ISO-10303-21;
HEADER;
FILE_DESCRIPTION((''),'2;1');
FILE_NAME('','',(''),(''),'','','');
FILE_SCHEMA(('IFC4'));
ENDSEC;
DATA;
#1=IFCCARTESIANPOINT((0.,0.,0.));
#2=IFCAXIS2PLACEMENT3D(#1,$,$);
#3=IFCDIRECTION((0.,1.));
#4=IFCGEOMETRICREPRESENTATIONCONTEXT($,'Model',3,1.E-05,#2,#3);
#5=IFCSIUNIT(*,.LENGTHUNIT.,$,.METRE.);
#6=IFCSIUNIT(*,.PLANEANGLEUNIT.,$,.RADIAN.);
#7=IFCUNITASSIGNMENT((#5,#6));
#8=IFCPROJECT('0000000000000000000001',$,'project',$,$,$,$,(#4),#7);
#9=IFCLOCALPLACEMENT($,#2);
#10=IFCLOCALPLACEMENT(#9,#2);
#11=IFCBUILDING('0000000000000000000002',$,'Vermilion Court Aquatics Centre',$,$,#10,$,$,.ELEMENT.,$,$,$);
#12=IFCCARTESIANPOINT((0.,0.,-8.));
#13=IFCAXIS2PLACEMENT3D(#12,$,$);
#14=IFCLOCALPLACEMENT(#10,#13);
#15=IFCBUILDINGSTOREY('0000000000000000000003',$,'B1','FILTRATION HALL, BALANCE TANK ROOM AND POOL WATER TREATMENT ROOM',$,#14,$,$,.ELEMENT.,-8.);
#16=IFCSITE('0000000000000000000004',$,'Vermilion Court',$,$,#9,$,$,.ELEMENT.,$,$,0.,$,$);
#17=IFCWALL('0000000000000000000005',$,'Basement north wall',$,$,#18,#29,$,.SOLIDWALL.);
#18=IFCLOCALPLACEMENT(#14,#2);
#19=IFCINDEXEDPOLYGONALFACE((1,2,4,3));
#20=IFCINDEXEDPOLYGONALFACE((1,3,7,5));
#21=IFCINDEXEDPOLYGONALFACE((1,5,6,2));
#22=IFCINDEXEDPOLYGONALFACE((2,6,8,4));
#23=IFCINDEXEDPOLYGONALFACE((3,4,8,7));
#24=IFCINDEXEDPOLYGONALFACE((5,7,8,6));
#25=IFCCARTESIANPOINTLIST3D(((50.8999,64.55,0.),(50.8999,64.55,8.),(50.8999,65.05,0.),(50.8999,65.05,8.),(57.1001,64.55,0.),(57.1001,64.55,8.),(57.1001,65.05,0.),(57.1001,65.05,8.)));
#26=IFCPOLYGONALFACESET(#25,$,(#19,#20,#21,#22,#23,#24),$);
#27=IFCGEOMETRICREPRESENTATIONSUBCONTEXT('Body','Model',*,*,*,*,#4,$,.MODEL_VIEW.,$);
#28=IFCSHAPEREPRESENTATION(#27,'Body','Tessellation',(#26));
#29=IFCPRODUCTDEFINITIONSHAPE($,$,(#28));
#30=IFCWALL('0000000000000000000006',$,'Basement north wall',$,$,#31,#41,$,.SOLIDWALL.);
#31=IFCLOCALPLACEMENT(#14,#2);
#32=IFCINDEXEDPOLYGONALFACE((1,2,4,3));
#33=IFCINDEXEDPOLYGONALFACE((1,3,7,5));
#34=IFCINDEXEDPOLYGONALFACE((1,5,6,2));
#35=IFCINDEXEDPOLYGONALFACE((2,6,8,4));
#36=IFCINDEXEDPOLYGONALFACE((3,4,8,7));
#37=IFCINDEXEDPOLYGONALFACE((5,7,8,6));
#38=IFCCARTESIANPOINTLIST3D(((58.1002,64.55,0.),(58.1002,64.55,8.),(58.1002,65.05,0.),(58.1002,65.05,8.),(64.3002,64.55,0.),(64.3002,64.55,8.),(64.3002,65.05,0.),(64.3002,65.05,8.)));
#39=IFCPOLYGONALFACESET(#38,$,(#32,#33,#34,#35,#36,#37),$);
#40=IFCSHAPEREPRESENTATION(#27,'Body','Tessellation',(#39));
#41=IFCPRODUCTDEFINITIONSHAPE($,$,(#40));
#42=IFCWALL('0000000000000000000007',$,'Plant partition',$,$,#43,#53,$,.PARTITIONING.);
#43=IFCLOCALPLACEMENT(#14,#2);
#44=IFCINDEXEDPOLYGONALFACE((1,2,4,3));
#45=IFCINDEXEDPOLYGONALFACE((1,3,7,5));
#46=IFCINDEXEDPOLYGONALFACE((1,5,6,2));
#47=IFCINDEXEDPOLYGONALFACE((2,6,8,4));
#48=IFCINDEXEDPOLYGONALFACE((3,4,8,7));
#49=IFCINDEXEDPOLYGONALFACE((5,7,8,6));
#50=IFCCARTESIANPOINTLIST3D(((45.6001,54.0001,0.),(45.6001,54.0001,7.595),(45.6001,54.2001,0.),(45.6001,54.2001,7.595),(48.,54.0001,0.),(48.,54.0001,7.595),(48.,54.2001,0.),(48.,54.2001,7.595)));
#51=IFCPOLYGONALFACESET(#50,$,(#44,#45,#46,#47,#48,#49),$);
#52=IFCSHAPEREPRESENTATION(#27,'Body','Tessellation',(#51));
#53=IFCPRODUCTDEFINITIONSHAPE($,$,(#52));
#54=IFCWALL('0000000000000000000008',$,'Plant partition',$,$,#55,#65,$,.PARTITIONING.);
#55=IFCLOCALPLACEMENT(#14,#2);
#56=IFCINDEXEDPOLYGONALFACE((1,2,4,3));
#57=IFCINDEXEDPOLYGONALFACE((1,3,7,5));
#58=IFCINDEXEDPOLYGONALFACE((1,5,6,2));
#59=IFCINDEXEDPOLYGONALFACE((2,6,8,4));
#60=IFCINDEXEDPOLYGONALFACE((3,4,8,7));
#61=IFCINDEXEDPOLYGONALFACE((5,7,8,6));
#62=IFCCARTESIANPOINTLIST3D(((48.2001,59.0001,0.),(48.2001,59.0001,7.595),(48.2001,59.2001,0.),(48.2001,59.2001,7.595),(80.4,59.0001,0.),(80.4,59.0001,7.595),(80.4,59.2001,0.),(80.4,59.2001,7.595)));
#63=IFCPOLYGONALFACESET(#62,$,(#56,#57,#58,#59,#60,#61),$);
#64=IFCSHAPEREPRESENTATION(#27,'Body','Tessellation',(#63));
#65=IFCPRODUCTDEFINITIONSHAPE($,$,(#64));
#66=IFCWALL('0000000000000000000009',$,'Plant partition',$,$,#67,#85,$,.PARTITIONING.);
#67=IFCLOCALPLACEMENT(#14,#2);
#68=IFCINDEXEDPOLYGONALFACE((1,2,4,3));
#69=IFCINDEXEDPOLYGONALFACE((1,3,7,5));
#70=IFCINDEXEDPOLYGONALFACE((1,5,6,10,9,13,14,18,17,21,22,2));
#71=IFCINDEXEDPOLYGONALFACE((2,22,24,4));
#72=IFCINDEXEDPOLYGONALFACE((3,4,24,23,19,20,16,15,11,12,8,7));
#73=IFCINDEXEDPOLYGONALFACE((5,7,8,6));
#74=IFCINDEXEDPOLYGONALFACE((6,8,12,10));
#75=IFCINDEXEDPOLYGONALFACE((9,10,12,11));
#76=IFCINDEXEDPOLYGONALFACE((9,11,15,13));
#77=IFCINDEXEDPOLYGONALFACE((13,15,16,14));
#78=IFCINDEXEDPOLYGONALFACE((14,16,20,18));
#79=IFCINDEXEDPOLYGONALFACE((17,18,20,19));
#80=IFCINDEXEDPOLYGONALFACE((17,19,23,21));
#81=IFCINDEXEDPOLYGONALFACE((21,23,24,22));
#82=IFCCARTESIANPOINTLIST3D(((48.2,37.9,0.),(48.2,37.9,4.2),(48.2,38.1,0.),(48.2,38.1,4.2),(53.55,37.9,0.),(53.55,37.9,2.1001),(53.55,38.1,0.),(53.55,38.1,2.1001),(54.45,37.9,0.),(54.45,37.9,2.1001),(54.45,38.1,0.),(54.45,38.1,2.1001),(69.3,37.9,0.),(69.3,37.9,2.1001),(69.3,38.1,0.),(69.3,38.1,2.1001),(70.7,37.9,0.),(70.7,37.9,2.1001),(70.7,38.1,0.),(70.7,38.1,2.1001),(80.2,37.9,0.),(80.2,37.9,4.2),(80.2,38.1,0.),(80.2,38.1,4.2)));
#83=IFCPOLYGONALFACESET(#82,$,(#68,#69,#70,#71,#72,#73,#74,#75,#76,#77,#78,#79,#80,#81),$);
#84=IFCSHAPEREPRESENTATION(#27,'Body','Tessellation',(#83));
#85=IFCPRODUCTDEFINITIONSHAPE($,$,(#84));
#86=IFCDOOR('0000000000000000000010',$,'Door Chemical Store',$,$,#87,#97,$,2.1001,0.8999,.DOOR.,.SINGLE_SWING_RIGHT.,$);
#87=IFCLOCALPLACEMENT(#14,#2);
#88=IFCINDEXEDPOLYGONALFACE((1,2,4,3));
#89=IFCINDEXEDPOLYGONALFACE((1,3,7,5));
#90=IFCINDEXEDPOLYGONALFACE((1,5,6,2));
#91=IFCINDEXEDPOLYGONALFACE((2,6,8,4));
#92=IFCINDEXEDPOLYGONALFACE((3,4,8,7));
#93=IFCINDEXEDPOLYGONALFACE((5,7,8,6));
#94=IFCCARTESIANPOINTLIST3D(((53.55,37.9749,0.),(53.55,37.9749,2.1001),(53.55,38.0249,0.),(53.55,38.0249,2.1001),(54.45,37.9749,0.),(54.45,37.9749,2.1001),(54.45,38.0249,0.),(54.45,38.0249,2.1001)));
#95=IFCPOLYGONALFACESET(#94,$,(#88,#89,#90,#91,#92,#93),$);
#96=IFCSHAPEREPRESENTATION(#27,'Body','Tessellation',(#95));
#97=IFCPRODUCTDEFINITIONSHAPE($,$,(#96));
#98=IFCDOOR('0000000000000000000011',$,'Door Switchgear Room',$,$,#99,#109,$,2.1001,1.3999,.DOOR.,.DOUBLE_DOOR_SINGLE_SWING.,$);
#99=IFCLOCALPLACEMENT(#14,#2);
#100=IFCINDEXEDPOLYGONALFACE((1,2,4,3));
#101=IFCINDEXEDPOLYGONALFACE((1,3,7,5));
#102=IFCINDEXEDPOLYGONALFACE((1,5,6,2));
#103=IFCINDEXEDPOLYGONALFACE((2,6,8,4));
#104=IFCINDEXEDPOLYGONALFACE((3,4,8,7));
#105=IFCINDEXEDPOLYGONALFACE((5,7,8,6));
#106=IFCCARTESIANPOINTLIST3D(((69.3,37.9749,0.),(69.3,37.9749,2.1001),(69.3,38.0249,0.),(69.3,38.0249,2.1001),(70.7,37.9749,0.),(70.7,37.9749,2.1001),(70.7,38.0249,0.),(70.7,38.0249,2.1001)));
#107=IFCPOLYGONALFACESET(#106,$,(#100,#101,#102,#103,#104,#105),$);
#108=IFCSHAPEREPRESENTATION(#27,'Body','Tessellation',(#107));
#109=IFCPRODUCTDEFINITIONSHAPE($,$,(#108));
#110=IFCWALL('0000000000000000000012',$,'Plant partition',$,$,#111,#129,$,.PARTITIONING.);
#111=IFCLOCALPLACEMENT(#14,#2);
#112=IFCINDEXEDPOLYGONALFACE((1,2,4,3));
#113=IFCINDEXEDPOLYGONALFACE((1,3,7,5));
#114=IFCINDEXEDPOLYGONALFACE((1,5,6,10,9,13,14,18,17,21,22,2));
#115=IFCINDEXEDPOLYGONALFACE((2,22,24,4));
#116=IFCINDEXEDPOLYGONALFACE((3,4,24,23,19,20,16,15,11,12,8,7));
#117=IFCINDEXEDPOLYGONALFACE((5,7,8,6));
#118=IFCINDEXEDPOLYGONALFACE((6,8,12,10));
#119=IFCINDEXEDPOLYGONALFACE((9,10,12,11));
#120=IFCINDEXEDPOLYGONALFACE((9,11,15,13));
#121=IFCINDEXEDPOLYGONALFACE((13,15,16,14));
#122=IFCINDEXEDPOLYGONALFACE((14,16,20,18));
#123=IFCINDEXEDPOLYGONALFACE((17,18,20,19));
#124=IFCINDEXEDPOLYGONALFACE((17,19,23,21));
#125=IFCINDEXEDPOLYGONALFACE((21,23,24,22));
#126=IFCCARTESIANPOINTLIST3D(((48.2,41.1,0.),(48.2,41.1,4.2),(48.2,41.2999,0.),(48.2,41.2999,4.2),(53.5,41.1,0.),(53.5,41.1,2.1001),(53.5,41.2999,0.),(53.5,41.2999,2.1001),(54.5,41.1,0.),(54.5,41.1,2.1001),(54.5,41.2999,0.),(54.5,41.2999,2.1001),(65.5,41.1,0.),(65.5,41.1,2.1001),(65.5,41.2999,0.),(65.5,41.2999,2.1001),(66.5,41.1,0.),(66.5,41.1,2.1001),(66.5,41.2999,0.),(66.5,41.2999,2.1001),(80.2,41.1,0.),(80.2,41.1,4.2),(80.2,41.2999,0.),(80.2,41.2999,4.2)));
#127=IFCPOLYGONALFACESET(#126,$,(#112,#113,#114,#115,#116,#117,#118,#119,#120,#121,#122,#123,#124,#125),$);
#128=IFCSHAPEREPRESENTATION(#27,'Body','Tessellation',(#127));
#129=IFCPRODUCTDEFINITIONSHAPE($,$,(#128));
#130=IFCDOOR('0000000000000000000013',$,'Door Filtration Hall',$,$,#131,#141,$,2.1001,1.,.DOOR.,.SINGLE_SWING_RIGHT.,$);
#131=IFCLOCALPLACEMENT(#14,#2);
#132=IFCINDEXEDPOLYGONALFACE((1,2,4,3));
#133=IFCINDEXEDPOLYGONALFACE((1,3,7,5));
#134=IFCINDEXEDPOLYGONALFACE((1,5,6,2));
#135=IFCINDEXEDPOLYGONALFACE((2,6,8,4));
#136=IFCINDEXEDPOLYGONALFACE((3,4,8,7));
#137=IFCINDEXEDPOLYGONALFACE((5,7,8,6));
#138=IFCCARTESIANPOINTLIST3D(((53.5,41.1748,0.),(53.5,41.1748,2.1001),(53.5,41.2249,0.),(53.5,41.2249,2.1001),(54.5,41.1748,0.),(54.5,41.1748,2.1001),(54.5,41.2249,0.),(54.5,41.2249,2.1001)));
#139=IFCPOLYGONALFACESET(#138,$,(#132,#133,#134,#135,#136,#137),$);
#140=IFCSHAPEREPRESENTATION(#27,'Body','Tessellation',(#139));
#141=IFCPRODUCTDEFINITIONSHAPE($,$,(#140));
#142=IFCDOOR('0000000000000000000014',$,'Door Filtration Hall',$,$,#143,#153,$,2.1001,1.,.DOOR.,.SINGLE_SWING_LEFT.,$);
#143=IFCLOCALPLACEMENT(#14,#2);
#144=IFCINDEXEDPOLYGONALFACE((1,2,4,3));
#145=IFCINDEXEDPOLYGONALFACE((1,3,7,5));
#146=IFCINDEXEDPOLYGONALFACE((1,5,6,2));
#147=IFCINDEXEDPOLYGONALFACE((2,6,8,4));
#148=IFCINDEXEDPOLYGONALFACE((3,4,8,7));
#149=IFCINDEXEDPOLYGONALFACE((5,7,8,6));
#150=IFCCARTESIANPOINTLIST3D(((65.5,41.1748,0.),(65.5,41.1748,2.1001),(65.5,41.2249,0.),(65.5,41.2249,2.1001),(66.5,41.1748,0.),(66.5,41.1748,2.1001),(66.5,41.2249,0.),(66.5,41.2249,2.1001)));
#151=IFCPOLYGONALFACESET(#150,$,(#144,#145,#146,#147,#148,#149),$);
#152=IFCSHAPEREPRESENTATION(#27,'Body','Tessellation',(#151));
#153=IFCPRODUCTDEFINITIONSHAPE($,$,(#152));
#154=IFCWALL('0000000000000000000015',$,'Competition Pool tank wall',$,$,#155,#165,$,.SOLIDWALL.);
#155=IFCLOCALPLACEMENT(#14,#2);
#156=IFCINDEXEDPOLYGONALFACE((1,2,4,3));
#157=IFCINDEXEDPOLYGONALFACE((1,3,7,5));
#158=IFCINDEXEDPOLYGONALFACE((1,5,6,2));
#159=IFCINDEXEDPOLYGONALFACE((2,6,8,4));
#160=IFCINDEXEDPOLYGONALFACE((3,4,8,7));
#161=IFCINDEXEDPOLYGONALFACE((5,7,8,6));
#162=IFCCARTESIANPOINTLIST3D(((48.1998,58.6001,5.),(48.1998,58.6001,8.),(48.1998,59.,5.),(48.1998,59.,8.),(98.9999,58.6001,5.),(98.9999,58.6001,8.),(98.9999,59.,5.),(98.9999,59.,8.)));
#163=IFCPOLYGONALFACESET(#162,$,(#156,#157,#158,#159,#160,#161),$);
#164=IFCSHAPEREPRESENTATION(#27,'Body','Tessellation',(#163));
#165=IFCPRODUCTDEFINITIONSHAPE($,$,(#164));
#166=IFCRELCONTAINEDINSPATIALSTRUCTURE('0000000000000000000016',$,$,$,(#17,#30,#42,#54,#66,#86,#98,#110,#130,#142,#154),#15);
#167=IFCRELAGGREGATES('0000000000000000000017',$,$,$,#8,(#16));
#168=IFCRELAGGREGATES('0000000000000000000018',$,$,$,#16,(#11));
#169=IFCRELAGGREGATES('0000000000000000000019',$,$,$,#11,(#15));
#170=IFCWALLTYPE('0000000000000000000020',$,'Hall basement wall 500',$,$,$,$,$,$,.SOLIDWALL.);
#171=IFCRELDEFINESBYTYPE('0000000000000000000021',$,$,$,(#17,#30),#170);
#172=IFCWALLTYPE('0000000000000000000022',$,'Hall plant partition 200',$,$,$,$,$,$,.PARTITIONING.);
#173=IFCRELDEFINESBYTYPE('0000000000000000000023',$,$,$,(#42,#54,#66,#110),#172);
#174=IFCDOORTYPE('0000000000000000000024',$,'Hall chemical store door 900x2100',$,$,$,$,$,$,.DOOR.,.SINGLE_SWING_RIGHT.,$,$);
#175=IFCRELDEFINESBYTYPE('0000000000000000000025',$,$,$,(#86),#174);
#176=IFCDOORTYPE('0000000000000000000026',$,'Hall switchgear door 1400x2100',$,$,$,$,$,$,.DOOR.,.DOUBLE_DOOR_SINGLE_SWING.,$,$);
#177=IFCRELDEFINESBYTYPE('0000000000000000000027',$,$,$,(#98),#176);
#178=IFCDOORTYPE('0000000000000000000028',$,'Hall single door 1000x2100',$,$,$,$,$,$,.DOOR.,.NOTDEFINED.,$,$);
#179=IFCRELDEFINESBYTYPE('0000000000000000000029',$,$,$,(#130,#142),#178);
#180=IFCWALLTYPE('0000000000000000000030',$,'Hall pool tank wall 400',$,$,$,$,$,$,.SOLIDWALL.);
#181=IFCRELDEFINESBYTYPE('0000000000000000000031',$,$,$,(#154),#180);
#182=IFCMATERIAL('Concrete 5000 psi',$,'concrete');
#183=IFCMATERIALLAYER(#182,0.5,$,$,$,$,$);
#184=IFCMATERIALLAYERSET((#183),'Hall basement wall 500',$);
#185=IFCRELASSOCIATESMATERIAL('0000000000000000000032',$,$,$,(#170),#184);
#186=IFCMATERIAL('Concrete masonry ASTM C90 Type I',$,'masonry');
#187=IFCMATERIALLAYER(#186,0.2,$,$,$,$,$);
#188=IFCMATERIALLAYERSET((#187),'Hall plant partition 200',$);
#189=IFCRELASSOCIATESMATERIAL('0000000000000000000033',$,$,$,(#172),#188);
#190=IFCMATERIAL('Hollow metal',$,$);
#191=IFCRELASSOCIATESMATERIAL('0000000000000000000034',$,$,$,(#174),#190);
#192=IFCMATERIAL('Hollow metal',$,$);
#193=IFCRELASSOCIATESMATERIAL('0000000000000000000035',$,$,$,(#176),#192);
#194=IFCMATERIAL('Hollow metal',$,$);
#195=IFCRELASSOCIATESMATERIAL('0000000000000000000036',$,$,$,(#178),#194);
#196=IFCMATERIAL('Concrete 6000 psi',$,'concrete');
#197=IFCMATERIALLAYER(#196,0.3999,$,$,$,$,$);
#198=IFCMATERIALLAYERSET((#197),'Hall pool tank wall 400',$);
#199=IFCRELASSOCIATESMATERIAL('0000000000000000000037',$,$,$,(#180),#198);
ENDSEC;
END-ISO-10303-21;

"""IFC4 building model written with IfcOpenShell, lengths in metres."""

from ifc_helpers import new_model, si_unit, direction, frame, frame_2d, origin, place, context, subcontext, project, spatial, rectangle, extrude, material, layer, layer_set, type_object, element, fill, save


model = new_model("IFC4")

# Units and contexts
model_context = context("Model", 3, precision=1e-05, world=origin(), true_north=direction((0.0, 1.0)))
body_context = subcontext(model_context, "Body", "Model", "MODEL_VIEW")
ifc_project = project(units=[si_unit("LENGTHUNIT", "METRE"), si_unit("PLANEANGLEUNIT", "RADIAN")], contexts=[model_context])

# Site, building, storey
site_placement = place(None, origin())
site = spatial("IfcSite", under=ifc_project, at=site_placement, Name="Vermilion Court", CompositionType="ELEMENT", RefElevation=0.0)
building_placement = place(site_placement, origin())
building = spatial("IfcBuilding", under=site, at=building_placement, Name="Vermilion Court Aquatics Centre", CompositionType="ELEMENT")
storey_placement = place(building_placement, frame((0.0, 0.0, -8.0)))
storey = spatial("IfcBuildingStorey", under=building, at=storey_placement, Name="B1", Description="FILTRATION HALL, BALANCE TANK ROOM AND POOL WATER TREATMENT ROOM", CompositionType="ELEMENT", Elevation=-8.0)

# Walls
ifc_material_1 = material(Name="Concrete 5000 psi", Category="concrete")
ifc_layer_1 = layer(ifc_material_1, 0.5)
ifc_layer_set_1 = layer_set([ifc_layer_1], Name="Hall basement wall 500")
wall_type_1 = type_object("IfcWallType", Name="Hall basement wall 500", PredefinedType="SOLIDWALL", material=ifc_layer_set_1)
wall_1_placement = place(storey_placement, frame((50.8999, 64.8, 0.0), z_axis=(0.0, 0.0, 1.0), x_axis=(1.0, 0.0, 0.0)))
element("IfcWall", 1, at=wall_1_placement, inside=storey, type_object=wall_type_1, Name="Basement north wall", PredefinedType="SOLIDWALL", context=body_context, shape_type="SweptSolid", body=[
    extrude(rectangle(XDim=6.2002, YDim=0.5, at=frame_2d((3.1001, 0.0))), origin(), (0.0, 0.0, 1.0), 8.0),
])
wall_2_placement = place(storey_placement, frame((58.1001, 64.8, 0.0), z_axis=(0.0, 0.0, 1.0), x_axis=(1.0, 0.0, 0.0)))
element("IfcWall", 2, at=wall_2_placement, inside=storey, type_object=wall_type_1, Name="Basement north wall", PredefinedType="SOLIDWALL", context=body_context, shape_type="SweptSolid", body=[
    extrude(rectangle(XDim=6.2, YDim=0.5, at=frame_2d((3.1001, 0.0))), origin(), (0.0, 0.0, 1.0), 8.0),
])
ifc_material_2 = material(Name="Concrete masonry ASTM C90 Type I", Category="masonry")
ifc_layer_2 = layer(ifc_material_2, 0.2)
ifc_layer_set_2 = layer_set([ifc_layer_2], Name="Hall plant partition 200")
wall_type_2 = type_object("IfcWallType", Name="Hall plant partition 200", PredefinedType="PARTITIONING", material=ifc_layer_set_2)
wall_3_placement = place(storey_placement, frame((45.6001, 54.1001, 0.0), z_axis=(0.0, 0.0, 1.0), x_axis=(1.0, 0.0, 0.0)))
element("IfcWall", 3, at=wall_3_placement, inside=storey, type_object=wall_type_2, Name="Plant partition", PredefinedType="PARTITIONING", context=body_context, shape_type="SweptSolid", body=[
    extrude(rectangle(XDim=2.3999, YDim=0.2, at=frame_2d((1.2, 0.0))), origin(), (0.0, 0.0, 1.0), 7.595),
])
wall_4_placement = place(storey_placement, frame((48.2, 59.1001, 0.0), z_axis=(0.0, 0.0, 1.0), x_axis=(1.0, 0.0, 0.0)))
element("IfcWall", 4, at=wall_4_placement, inside=storey, type_object=wall_type_2, Name="Plant partition", PredefinedType="PARTITIONING", context=body_context, shape_type="SweptSolid", body=[
    extrude(rectangle(XDim=32.2, YDim=0.2, at=frame_2d((16.1001, 0.0))), origin(), (0.0, 0.0, 1.0), 7.595),
])

# Walls, openings, doors
wall_5_placement = place(storey_placement, frame((48.2, 38.0, 0.0), z_axis=(0.0, 0.0, 1.0), x_axis=(1.0, 0.0, 0.0)))
wall_5 = element("IfcWall", 5, at=wall_5_placement, inside=storey, type_object=wall_type_2, Name="Plant partition", PredefinedType="PARTITIONING", context=body_context, shape_type="SweptSolid", body=[
    extrude(rectangle(XDim=32.0, YDim=0.2, at=frame_2d((16.0, 0.0))), origin(), (0.0, 0.0, 1.0), 4.2),
])
opening_1_placement = place(wall_5_placement, frame((5.3501, 0.0, 0.0)))
opening_1 = element("IfcOpeningElement", 6, at=opening_1_placement, cuts=wall_5, PredefinedType="OPENING", context=body_context, shape_type="SweptSolid", body=[
    extrude(rectangle(XDim=0.8999, YDim=2.1001, at=frame_2d((0.45, 1.05))), frame((0.0, 0.1099, 0.0), z_axis=(0.0, -1.0, 0.0), x_axis=(1.0, 0.0, 0.0)), (0.0, 0.0, 1.0), 0.22),
])
opening_2_placement = place(wall_5_placement, frame((21.1001, 0.0, 0.0)))
opening_2 = element("IfcOpeningElement", 7, at=opening_2_placement, cuts=wall_5, PredefinedType="OPENING", context=body_context, shape_type="SweptSolid", body=[
    extrude(rectangle(XDim=1.3999, YDim=2.1001, at=frame_2d((0.7, 1.05))), frame((0.0, 0.1099, 0.0), z_axis=(0.0, -1.0, 0.0), x_axis=(1.0, 0.0, 0.0)), (0.0, 0.0, 1.0), 0.22),
])
ifc_material_3 = material(Name="Hollow metal")
door_type_1 = type_object("IfcDoorType", Name="Hall chemical store door 900x2100", OperationType="SINGLE_SWING_RIGHT", PredefinedType="DOOR", material=ifc_material_3)
door_1_placement = place(opening_1_placement, frame((0.8999, 0.0, 0.0), z_axis=(0.0, 0.0, 1.0), x_axis=(-1.0, 0.0, 0.0)))
door_1 = element("IfcDoor", 8, at=door_1_placement, inside=storey, type_object=door_type_1, Name="Door Chemical Store", OperationType="SINGLE_SWING_RIGHT", OverallHeight=2.1001, OverallWidth=0.8999, PredefinedType="DOOR", context=body_context, shape_type="SweptSolid", body=[
    extrude(rectangle(XDim=0.8999, YDim=2.1001, at=frame_2d((0.45, 1.05))), frame((0.0, 0.0251, 0.0), z_axis=(0.0, -1.0, 0.0), x_axis=(1.0, 0.0, 0.0)), (0.0, 0.0, 1.0), 0.05),
])
fill(opening_1, door_1)
ifc_material_4 = material(Name="Hollow metal")
door_type_2 = type_object("IfcDoorType", Name="Hall switchgear door 1400x2100", OperationType="DOUBLE_DOOR_SINGLE_SWING", PredefinedType="DOOR", material=ifc_material_4)
door_2_placement = place(opening_2_placement, frame((1.3999, 0.0, 0.0), z_axis=(0.0, 0.0, 1.0), x_axis=(-1.0, 0.0, 0.0)))
door_2 = element("IfcDoor", 9, at=door_2_placement, inside=storey, type_object=door_type_2, Name="Door Switchgear Room", OperationType="DOUBLE_DOOR_SINGLE_SWING", OverallHeight=2.1001, OverallWidth=1.3999, PredefinedType="DOOR", context=body_context, shape_type="SweptSolid", body=[
    extrude(rectangle(XDim=1.3999, YDim=2.1001, at=frame_2d((0.7, 1.05))), frame((0.0, 0.0251, 0.0), z_axis=(0.0, -1.0, 0.0), x_axis=(1.0, 0.0, 0.0)), (0.0, 0.0, 1.0), 0.05),
])
fill(opening_2, door_2)
wall_6_placement = place(storey_placement, frame((48.2, 41.2, 0.0), z_axis=(0.0, 0.0, 1.0), x_axis=(1.0, 0.0, 0.0)))
wall_6 = element("IfcWall", 10, at=wall_6_placement, inside=storey, type_object=wall_type_2, Name="Plant partition", PredefinedType="PARTITIONING", context=body_context, shape_type="SweptSolid", body=[
    extrude(rectangle(XDim=32.0, YDim=0.2, at=frame_2d((16.0, 0.0))), origin(), (0.0, 0.0, 1.0), 4.2),
])
opening_3_placement = place(wall_6_placement, frame((5.3, 0.0, 0.0)))
opening_3 = element("IfcOpeningElement", 11, at=opening_3_placement, cuts=wall_6, PredefinedType="OPENING", context=body_context, shape_type="SweptSolid", body=[
    extrude(rectangle(XDim=1.0, YDim=2.1001, at=frame_2d((0.5, 1.05))), frame((0.0, 0.1099, 0.0), z_axis=(0.0, -1.0, 0.0), x_axis=(1.0, 0.0, 0.0)), (0.0, 0.0, 1.0), 0.22),
])
opening_4_placement = place(wall_6_placement, frame((17.3, 0.0, 0.0)))
opening_4 = element("IfcOpeningElement", 12, at=opening_4_placement, cuts=wall_6, PredefinedType="OPENING", context=body_context, shape_type="SweptSolid", body=[
    extrude(rectangle(XDim=1.0, YDim=2.1001, at=frame_2d((0.5, 1.05))), frame((0.0, 0.1099, 0.0), z_axis=(0.0, -1.0, 0.0), x_axis=(1.0, 0.0, 0.0)), (0.0, 0.0, 1.0), 0.22),
])
ifc_material_5 = material(Name="Hollow metal")
door_type_3 = type_object("IfcDoorType", Name="Hall single door 1000x2100", OperationType="NOTDEFINED", PredefinedType="DOOR", material=ifc_material_5)
door_3_placement = place(opening_3_placement, frame((1.0, 0.0, 0.0), z_axis=(0.0, 0.0, 1.0), x_axis=(-1.0, 0.0, 0.0)))
door_3 = element("IfcDoor", 13, at=door_3_placement, inside=storey, type_object=door_type_3, Name="Door Filtration Hall", OperationType="SINGLE_SWING_RIGHT", OverallHeight=2.1001, OverallWidth=1.0, PredefinedType="DOOR", context=body_context, shape_type="SweptSolid", body=[
    extrude(rectangle(XDim=1.0, YDim=2.1001, at=frame_2d((0.5, 1.05))), frame((0.0, 0.0251, 0.0), z_axis=(0.0, -1.0, 0.0), x_axis=(1.0, 0.0, 0.0)), (0.0, 0.0, 1.0), 0.05),
])
fill(opening_3, door_3)
door_4_placement = place(opening_4_placement, frame((1.0, 0.0, 0.0), z_axis=(0.0, 0.0, 1.0), x_axis=(-1.0, 0.0, 0.0)))
door_4 = element("IfcDoor", 14, at=door_4_placement, inside=storey, type_object=door_type_3, Name="Door Filtration Hall", OperationType="SINGLE_SWING_LEFT", OverallHeight=2.1001, OverallWidth=1.0, PredefinedType="DOOR", context=body_context, shape_type="SweptSolid", body=[
    extrude(rectangle(XDim=1.0, YDim=2.1001, at=frame_2d((0.5, 1.05))), frame((0.0, 0.0251, 0.0), z_axis=(0.0, -1.0, 0.0), x_axis=(1.0, 0.0, 0.0)), (0.0, 0.0, 1.0), 0.05),
])
fill(opening_4, door_4)

# Wall
ifc_material_6 = material(Name="Concrete 6000 psi", Category="concrete")
ifc_layer_3 = layer(ifc_material_6, 0.3999)
ifc_layer_set_3 = layer_set([ifc_layer_3], Name="Hall pool tank wall 400")
wall_type_3 = type_object("IfcWallType", Name="Hall pool tank wall 400", PredefinedType="SOLIDWALL", material=ifc_layer_set_3)
wall_7_placement = place(storey_placement, frame((48.2, 58.8, 5.0), z_axis=(0.0, 0.0, 1.0), x_axis=(1.0, 0.0, 0.0)))
element("IfcWall", 15, at=wall_7_placement, inside=storey, type_object=wall_type_3, Name="Competition Pool tank wall", PredefinedType="SOLIDWALL", context=body_context, shape_type="SweptSolid", body=[
    extrude(rectangle(XDim=50.8, YDim=0.3999, at=frame_2d((25.3999, 0.0))), origin(), (0.0, 0.0, 1.0), 3.0),
])

save(model, "model.ifc")
